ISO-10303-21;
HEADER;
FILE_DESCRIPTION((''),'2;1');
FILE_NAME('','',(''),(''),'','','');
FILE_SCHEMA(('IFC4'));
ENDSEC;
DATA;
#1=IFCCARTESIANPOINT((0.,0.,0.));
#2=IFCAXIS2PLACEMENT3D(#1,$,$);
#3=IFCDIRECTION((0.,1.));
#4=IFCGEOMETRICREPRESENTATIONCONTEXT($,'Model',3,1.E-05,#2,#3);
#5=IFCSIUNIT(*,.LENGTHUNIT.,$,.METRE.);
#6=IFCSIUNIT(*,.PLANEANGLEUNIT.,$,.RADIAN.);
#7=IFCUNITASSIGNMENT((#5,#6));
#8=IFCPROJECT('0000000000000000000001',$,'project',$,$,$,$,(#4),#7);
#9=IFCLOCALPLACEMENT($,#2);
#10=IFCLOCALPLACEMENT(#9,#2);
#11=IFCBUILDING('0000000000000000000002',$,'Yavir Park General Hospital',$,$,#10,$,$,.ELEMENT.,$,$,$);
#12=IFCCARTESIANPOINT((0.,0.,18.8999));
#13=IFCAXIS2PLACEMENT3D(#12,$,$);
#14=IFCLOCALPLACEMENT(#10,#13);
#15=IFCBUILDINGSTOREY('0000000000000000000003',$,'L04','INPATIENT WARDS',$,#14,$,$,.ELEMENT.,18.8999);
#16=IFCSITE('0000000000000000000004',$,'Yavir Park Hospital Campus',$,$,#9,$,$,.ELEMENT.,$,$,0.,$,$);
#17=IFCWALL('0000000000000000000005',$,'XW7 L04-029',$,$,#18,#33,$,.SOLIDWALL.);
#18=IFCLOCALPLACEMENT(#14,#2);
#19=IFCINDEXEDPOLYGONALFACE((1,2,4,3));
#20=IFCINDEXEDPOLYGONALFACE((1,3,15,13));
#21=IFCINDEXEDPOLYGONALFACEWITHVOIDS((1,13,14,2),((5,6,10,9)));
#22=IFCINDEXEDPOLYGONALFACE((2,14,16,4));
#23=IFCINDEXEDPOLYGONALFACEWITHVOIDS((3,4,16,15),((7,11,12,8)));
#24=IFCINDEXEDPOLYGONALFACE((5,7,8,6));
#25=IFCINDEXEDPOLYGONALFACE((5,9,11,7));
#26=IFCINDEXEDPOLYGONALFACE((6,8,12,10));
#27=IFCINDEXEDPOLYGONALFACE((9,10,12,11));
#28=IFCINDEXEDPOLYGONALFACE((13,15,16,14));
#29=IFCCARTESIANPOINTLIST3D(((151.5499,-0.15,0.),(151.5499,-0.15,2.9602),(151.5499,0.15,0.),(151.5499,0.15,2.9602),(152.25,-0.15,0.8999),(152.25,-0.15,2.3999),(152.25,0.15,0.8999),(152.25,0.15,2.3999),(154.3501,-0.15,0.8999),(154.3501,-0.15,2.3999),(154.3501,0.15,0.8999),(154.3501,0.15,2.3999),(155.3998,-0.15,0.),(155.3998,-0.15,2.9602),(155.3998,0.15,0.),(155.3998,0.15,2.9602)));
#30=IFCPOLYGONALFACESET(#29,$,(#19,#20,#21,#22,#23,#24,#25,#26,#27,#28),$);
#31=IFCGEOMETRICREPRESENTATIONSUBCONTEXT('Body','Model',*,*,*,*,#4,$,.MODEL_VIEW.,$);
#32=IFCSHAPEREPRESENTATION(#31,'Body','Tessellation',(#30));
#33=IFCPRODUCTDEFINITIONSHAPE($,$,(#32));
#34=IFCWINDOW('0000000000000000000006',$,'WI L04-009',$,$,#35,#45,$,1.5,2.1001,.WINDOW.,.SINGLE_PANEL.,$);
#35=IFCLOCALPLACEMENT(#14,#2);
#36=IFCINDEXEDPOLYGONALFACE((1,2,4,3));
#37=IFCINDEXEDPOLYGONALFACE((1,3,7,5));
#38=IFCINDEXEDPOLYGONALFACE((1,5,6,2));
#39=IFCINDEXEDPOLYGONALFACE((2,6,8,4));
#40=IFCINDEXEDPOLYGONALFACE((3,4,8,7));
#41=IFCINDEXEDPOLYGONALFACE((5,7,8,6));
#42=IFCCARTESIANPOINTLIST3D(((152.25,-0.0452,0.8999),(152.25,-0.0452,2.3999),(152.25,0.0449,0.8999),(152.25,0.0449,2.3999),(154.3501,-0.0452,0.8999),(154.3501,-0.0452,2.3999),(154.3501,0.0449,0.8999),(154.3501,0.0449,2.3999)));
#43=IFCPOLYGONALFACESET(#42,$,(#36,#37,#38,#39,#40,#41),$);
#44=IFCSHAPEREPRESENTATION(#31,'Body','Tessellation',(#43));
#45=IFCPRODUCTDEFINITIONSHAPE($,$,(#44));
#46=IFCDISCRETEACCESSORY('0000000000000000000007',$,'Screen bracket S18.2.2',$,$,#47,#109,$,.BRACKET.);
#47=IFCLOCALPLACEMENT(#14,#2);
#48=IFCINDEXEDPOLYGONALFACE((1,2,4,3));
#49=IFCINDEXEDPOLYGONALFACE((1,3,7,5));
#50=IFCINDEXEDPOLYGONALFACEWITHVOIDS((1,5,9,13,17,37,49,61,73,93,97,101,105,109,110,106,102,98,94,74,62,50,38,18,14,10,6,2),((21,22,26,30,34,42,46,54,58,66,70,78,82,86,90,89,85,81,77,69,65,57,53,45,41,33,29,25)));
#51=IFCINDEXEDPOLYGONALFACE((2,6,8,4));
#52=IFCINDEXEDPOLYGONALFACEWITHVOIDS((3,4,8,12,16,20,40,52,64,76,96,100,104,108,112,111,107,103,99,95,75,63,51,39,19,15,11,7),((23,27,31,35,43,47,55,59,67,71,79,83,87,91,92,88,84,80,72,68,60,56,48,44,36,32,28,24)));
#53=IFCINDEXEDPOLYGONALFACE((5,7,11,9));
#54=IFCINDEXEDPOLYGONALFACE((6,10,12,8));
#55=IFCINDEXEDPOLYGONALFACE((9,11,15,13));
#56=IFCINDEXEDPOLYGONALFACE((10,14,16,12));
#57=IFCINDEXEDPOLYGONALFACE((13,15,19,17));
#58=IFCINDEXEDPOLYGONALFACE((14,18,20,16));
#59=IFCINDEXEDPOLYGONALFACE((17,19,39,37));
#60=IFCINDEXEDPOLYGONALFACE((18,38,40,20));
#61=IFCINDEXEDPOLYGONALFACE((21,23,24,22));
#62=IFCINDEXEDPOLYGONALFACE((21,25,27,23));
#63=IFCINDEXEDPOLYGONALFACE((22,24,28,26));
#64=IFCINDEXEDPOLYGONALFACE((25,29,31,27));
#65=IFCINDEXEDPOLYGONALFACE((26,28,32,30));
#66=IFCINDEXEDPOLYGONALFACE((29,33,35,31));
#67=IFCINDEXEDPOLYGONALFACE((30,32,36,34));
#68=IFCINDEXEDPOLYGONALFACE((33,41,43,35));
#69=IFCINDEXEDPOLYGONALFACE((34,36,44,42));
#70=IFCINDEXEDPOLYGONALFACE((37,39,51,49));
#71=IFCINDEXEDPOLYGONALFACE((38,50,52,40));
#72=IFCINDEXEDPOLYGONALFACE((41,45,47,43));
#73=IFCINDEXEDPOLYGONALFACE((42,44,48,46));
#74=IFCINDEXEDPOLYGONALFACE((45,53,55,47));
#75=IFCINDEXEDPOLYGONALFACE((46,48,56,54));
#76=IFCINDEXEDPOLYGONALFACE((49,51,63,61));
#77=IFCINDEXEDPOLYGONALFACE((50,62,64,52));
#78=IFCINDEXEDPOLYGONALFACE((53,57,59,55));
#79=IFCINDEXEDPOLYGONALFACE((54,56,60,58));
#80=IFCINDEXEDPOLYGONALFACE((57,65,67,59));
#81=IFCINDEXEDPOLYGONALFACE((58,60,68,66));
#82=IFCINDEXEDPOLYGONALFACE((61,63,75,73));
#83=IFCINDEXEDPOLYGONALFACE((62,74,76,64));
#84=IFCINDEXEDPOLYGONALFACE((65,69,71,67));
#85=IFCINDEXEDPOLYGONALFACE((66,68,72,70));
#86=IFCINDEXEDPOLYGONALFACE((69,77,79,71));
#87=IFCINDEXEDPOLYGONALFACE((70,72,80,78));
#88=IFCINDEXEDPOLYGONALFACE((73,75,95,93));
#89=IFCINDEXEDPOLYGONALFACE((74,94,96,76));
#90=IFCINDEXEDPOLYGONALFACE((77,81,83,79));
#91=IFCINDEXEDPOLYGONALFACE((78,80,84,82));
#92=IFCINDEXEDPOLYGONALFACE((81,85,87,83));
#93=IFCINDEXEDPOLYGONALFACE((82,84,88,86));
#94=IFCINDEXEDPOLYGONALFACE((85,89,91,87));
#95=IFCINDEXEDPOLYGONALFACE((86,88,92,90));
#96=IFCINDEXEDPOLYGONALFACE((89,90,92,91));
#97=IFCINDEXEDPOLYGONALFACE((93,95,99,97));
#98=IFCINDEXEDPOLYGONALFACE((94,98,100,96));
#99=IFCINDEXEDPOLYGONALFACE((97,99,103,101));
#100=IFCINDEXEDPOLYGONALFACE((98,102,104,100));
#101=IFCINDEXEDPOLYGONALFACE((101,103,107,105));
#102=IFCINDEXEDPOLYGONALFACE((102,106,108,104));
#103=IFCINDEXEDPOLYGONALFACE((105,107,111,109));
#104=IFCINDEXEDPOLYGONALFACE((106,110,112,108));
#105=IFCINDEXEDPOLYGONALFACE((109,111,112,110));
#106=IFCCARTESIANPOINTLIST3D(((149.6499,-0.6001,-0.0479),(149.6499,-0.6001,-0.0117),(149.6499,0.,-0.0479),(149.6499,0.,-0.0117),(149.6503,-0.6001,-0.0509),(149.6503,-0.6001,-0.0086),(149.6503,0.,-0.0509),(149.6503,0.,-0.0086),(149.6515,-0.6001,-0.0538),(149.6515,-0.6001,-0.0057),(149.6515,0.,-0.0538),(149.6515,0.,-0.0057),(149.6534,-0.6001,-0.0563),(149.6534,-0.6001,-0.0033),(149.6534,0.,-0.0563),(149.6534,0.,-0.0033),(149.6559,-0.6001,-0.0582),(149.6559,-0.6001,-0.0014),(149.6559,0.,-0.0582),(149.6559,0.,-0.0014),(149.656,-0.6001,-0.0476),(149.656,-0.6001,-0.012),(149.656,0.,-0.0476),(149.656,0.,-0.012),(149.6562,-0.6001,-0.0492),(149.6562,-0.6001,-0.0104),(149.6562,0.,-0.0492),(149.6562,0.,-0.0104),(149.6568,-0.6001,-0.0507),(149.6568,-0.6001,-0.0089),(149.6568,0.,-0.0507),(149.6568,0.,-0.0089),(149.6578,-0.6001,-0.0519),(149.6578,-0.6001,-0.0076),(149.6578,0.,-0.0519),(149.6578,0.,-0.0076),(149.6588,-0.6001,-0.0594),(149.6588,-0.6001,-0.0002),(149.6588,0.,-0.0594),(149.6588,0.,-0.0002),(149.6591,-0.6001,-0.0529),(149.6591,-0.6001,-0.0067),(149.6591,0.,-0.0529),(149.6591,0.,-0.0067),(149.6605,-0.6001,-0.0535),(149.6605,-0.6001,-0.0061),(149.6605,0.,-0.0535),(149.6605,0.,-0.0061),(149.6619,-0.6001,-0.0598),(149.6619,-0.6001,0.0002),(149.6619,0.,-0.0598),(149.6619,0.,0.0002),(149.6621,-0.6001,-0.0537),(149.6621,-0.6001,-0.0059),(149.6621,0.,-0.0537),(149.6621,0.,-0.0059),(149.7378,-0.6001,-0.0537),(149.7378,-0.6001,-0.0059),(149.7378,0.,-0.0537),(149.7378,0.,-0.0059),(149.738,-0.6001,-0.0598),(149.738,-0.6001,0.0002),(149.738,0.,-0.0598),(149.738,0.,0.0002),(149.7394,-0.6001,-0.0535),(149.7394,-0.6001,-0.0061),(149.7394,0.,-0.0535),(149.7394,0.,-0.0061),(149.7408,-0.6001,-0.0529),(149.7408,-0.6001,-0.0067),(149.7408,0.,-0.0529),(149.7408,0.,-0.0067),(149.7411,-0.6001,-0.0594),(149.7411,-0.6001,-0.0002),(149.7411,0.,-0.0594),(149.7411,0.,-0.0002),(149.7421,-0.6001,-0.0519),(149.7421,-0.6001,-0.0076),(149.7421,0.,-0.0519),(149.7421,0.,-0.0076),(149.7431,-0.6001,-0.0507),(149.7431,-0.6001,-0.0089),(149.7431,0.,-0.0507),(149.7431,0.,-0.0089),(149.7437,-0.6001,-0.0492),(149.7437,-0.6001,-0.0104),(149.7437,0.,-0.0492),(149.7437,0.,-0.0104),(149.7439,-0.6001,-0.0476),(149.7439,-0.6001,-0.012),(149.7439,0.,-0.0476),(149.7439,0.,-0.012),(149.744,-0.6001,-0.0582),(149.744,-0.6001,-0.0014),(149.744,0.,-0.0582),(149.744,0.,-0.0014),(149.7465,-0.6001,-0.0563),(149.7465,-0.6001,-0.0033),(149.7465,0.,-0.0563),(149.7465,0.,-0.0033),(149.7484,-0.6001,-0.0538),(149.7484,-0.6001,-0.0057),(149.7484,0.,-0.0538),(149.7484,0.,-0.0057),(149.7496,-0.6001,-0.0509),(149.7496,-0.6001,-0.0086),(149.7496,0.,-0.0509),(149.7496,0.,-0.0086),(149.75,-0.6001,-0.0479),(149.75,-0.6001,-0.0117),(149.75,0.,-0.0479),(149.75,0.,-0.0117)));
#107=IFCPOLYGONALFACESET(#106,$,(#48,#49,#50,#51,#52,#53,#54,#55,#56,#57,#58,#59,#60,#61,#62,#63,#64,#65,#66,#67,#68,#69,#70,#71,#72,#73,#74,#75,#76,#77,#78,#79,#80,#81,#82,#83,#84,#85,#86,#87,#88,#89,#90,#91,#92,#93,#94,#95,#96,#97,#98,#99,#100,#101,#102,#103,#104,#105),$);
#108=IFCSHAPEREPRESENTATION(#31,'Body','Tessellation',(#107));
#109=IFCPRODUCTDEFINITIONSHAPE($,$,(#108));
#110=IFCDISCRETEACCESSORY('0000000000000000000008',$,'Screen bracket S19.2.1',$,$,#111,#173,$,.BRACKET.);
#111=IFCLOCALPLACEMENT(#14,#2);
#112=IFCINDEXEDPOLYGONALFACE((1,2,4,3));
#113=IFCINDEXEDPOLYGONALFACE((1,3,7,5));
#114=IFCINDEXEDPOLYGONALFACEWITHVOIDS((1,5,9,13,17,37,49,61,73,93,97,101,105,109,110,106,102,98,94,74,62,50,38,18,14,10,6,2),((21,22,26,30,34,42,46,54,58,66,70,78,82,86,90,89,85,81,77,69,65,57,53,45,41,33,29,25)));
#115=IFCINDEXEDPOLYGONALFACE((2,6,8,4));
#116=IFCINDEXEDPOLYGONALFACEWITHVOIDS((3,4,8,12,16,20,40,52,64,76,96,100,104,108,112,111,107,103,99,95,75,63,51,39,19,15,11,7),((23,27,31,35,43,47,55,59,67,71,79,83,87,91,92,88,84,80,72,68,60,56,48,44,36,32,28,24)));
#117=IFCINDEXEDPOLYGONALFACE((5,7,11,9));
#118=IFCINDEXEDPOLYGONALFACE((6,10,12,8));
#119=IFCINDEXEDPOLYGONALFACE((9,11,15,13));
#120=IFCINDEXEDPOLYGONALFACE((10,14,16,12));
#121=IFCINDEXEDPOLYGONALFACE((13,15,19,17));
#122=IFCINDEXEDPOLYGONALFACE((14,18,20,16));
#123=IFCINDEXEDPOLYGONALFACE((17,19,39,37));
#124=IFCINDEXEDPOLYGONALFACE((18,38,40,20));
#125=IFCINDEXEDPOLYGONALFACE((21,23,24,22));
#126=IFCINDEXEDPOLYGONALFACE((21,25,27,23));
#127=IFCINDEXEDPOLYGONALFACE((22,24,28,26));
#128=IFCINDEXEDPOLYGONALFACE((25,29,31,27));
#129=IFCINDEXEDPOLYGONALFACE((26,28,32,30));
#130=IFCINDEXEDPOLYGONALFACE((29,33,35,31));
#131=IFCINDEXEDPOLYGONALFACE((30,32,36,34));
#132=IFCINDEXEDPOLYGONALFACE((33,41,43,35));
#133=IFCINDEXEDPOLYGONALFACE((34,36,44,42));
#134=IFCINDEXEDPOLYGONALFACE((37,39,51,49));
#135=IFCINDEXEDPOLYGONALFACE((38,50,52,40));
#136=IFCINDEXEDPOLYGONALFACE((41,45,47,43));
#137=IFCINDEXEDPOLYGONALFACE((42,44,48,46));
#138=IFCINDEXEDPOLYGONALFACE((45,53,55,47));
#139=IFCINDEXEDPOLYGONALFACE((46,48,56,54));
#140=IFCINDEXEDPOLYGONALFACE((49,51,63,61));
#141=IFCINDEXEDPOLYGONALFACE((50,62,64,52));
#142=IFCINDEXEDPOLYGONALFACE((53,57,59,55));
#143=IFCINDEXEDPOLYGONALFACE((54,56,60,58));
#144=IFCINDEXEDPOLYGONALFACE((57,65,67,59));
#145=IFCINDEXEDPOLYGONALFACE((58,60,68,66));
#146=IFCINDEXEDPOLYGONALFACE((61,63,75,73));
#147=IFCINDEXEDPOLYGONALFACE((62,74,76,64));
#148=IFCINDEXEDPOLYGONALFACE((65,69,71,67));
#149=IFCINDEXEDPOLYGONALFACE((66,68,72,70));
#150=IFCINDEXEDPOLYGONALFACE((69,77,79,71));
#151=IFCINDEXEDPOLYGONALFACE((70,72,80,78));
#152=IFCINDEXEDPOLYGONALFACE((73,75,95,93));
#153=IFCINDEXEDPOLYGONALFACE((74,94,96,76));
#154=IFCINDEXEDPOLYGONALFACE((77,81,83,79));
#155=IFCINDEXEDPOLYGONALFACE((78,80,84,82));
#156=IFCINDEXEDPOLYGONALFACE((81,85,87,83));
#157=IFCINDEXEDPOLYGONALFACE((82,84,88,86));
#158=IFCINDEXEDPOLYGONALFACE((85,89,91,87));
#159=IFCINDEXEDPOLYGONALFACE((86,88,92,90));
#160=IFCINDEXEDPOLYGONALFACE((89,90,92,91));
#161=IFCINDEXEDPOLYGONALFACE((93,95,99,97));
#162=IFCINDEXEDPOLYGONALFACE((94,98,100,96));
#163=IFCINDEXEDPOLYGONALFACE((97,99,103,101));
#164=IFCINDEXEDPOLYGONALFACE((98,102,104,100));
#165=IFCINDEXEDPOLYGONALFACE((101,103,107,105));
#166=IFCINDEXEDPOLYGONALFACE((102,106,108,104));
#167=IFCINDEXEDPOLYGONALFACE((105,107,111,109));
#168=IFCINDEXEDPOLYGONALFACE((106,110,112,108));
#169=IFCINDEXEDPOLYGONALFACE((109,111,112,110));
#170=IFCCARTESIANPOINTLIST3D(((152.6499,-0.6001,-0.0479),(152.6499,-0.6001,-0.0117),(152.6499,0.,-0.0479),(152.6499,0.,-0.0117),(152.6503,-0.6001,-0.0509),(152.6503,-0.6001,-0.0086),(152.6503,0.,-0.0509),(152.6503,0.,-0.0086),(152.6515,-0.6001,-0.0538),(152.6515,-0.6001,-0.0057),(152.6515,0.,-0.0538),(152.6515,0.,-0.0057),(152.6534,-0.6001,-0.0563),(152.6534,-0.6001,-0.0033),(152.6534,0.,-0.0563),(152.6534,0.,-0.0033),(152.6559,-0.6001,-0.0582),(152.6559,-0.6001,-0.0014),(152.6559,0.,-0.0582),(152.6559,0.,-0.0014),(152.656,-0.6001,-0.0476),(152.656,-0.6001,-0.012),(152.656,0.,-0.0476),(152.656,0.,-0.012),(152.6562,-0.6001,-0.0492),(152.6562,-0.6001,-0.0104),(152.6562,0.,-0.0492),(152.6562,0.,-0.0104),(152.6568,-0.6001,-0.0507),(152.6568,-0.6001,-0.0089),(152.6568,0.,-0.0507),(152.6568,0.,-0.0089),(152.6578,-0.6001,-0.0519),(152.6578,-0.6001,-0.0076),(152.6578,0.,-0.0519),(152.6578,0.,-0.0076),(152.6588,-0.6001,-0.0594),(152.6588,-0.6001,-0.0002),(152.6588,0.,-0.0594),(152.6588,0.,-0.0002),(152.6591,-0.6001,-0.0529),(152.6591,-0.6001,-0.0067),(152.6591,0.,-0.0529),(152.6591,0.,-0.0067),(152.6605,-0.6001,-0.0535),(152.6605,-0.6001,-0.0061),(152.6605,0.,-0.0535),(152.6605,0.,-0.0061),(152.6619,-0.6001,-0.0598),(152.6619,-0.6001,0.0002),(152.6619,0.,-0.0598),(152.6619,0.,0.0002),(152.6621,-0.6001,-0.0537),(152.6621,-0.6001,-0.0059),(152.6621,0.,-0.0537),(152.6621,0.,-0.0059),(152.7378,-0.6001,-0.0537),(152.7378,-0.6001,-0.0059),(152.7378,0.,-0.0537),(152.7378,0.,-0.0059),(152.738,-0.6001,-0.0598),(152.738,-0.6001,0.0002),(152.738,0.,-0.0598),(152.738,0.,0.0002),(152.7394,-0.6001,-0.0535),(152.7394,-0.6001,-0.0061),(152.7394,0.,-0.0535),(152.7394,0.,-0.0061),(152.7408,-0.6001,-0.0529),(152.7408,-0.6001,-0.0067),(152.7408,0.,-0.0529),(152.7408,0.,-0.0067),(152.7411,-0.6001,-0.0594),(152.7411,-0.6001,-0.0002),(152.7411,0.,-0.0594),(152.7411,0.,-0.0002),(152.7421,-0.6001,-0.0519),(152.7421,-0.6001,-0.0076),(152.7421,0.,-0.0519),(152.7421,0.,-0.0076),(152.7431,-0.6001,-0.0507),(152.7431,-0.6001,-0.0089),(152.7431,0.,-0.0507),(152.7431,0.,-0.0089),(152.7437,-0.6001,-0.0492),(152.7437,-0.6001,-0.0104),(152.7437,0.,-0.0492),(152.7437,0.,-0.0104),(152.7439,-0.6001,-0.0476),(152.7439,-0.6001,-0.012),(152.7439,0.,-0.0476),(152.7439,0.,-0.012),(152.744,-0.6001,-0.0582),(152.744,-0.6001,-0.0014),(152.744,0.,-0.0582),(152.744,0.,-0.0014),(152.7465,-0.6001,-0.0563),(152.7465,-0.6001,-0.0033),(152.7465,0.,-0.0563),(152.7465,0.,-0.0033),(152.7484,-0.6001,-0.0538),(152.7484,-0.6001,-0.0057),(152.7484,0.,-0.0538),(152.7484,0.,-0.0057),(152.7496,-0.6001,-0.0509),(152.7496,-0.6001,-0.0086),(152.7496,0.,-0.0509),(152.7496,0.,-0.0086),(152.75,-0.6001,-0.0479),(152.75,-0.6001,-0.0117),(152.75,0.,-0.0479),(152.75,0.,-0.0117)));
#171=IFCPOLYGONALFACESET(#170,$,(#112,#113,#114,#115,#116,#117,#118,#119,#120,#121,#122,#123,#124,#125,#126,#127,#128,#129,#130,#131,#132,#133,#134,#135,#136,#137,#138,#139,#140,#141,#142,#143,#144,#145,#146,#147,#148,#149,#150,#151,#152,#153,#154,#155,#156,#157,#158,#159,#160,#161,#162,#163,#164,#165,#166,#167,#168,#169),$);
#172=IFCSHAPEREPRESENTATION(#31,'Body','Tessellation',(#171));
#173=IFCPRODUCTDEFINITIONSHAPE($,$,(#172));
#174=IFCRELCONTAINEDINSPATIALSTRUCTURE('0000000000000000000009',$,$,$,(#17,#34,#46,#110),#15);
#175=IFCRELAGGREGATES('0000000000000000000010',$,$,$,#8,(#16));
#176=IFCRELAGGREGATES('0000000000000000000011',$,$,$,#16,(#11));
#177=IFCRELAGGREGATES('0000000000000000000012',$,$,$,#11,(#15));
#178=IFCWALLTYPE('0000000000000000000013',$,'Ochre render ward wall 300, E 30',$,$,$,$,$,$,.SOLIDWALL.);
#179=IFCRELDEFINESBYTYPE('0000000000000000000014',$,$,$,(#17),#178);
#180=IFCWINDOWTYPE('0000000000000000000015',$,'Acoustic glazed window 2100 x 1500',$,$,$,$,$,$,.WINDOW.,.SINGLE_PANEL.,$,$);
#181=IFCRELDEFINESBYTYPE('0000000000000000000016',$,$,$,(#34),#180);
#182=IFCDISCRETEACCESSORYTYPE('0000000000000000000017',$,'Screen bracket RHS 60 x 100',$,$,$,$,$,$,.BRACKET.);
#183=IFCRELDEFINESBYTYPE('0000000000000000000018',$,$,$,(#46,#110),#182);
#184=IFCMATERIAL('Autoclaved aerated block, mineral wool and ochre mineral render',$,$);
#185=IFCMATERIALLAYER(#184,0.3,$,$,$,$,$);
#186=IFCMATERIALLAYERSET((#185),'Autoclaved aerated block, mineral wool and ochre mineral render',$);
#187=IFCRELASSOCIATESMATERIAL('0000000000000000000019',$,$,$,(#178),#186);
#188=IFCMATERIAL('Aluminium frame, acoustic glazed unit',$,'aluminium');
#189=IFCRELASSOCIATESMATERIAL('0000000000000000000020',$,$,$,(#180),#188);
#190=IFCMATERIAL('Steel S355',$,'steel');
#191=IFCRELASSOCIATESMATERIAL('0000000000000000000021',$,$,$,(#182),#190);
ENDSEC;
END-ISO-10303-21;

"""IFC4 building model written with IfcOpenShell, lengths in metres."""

from ifc_helpers import new_model, si_unit, direction, frame, frame_2d, origin, origin_2d, place, context, subcontext, project, spatial, rectangle, hollow_rectangle, extrude, material, layer, layer_set, material_profile, profile_set, type_object, element, fill, save


model = new_model("IFC4")

# Units and contexts
model_context = context("Model", 3, precision=1e-05, world=origin(), true_north=direction((0.0, 1.0)))
body_context = subcontext(model_context, "Body", "Model", "MODEL_VIEW")
ifc_project = project(units=[si_unit("LENGTHUNIT", "METRE"), si_unit("PLANEANGLEUNIT", "RADIAN")], contexts=[model_context])

# Site, building, storey
site_placement = place(None, origin())
site = spatial("IfcSite", under=ifc_project, at=site_placement, Name="Yavir Park Hospital Campus", CompositionType="ELEMENT", RefElevation=0.0)
building_placement = place(site_placement, origin())
building = spatial("IfcBuilding", under=site, at=building_placement, Name="Yavir Park General Hospital", CompositionType="ELEMENT")
storey_placement = place(building_placement, frame((0.0, 0.0, 18.8999)))
storey = spatial("IfcBuildingStorey", under=building, at=storey_placement, Name="L04", Description="INPATIENT WARDS", CompositionType="ELEMENT", Elevation=18.8999)

# Shared definitions
ifc_material_1 = material(Name="Autoclaved aerated block, mineral wool and ochre mineral render")
ifc_layer_1 = layer(ifc_material_1, 0.3)
ifc_layer_set_1 = layer_set([ifc_layer_1], Name="Autoclaved aerated block, mineral wool and ochre mineral render")
wall_type_1 = type_object("IfcWallType", Name="Ochre render ward wall 300, E 30", PredefinedType="SOLIDWALL", material=ifc_layer_set_1)

# Wall, opening, window
wall_1_placement = place(storey_placement, frame((151.55, 0.0, 0.0), z_axis=(0.0, 0.0, 1.0), x_axis=(1.0, 0.0, 0.0)))
wall_1 = element("IfcWall", 1, at=wall_1_placement, inside=storey, type_object=wall_type_1, Name="XW7 L04-029", PredefinedType="SOLIDWALL", context=body_context, shape_type="SweptSolid", body=[
    extrude(rectangle(XDim=3.8499, YDim=0.3, at=frame_2d((1.9248, 0.0))), origin(), (0.0, 0.0, 1.0), 2.9602),
])
opening_1_placement = place(wall_1_placement, frame((0.7, 0.0, 0.8999)))
opening_1 = element("IfcOpeningElement", 2, at=opening_1_placement, cuts=wall_1, PredefinedType="OPENING", context=body_context, shape_type="SweptSolid", body=[
    extrude(rectangle(XDim=2.1001, YDim=1.5, at=frame_2d((1.05, 0.75))), frame((0.0, 0.1599, 0.0), z_axis=(0.0, -1.0, 0.0), x_axis=(1.0, 0.0, 0.0)), (0.0, 0.0, 1.0), 0.3201),
])
ifc_material_2 = material(Name="Aluminium frame, acoustic glazed unit", Category="aluminium")
window_type = type_object("IfcWindowType", Name="Acoustic glazed window 2100 x 1500", PartitioningType="SINGLE_PANEL", PredefinedType="WINDOW", material=ifc_material_2)
window_placement = place(opening_1_placement, origin())
window = element("IfcWindow", 3, at=window_placement, inside=storey, type_object=window_type, Name="WI L04-009", OverallHeight=1.5, OverallWidth=2.1001, PartitioningType="SINGLE_PANEL", PredefinedType="WINDOW", context=body_context, shape_type="SweptSolid", body=[
    extrude(rectangle(XDim=2.1001, YDim=1.5, at=frame_2d((1.05, 0.75))), frame((0.0, 0.0449, 0.0), z_axis=(0.0, -1.0, 0.0), x_axis=(1.0, 0.0, 0.0)), (0.0, 0.0, 1.0), 0.0901),
])
fill(opening_1, window)

# Discrete accessories
ifc_material_3 = material(Name="Steel S355", Category="steel")
ifc_material_profile_1 = material_profile(ifc_material_3, hollow_rectangle(XDim=0.1001, YDim=0.0601, WallThickness=0.0061, InnerFilletRadius=0.0061, OuterFilletRadius=0.012, at=origin_2d()), Name="RHS60x100x6")
ifc_profile_set_1 = profile_set([ifc_material_profile_1], Name="Steel S355")
discrete_accessory_type = type_object("IfcDiscreteAccessoryType", Name="Screen bracket RHS 60 x 100", PredefinedType="BRACKET", material=ifc_profile_set_1)
for number, where, z_axis, x_axis, name in (
    (4, (149.7, 0.0, -0.0298), (0.0, -1.0, 0.0), (1.0, 0.0, 0.0), "Screen bracket S18.2.2"),
    (5, (152.7, 0.0, -0.0298), (0.0, -1.0, 0.0), (1.0, 0.0, 0.0), "Screen bracket S19.2.1"),
):
    element("IfcDiscreteAccessory", number, at=place(storey_placement, frame(where, z_axis=z_axis, x_axis=x_axis)), inside=storey, type_object=discrete_accessory_type, Name=name, PredefinedType="BRACKET", context=body_context, shape_type="SweptSolid", body=[
        extrude(hollow_rectangle(XDim=0.1001, YDim=0.0601, WallThickness=0.0061, InnerFilletRadius=0.0061, OuterFilletRadius=0.012, at=origin_2d()), origin(), (0.0, 0.0, 1.0), 0.6001),
    ])

save(model, "model.ifc")
